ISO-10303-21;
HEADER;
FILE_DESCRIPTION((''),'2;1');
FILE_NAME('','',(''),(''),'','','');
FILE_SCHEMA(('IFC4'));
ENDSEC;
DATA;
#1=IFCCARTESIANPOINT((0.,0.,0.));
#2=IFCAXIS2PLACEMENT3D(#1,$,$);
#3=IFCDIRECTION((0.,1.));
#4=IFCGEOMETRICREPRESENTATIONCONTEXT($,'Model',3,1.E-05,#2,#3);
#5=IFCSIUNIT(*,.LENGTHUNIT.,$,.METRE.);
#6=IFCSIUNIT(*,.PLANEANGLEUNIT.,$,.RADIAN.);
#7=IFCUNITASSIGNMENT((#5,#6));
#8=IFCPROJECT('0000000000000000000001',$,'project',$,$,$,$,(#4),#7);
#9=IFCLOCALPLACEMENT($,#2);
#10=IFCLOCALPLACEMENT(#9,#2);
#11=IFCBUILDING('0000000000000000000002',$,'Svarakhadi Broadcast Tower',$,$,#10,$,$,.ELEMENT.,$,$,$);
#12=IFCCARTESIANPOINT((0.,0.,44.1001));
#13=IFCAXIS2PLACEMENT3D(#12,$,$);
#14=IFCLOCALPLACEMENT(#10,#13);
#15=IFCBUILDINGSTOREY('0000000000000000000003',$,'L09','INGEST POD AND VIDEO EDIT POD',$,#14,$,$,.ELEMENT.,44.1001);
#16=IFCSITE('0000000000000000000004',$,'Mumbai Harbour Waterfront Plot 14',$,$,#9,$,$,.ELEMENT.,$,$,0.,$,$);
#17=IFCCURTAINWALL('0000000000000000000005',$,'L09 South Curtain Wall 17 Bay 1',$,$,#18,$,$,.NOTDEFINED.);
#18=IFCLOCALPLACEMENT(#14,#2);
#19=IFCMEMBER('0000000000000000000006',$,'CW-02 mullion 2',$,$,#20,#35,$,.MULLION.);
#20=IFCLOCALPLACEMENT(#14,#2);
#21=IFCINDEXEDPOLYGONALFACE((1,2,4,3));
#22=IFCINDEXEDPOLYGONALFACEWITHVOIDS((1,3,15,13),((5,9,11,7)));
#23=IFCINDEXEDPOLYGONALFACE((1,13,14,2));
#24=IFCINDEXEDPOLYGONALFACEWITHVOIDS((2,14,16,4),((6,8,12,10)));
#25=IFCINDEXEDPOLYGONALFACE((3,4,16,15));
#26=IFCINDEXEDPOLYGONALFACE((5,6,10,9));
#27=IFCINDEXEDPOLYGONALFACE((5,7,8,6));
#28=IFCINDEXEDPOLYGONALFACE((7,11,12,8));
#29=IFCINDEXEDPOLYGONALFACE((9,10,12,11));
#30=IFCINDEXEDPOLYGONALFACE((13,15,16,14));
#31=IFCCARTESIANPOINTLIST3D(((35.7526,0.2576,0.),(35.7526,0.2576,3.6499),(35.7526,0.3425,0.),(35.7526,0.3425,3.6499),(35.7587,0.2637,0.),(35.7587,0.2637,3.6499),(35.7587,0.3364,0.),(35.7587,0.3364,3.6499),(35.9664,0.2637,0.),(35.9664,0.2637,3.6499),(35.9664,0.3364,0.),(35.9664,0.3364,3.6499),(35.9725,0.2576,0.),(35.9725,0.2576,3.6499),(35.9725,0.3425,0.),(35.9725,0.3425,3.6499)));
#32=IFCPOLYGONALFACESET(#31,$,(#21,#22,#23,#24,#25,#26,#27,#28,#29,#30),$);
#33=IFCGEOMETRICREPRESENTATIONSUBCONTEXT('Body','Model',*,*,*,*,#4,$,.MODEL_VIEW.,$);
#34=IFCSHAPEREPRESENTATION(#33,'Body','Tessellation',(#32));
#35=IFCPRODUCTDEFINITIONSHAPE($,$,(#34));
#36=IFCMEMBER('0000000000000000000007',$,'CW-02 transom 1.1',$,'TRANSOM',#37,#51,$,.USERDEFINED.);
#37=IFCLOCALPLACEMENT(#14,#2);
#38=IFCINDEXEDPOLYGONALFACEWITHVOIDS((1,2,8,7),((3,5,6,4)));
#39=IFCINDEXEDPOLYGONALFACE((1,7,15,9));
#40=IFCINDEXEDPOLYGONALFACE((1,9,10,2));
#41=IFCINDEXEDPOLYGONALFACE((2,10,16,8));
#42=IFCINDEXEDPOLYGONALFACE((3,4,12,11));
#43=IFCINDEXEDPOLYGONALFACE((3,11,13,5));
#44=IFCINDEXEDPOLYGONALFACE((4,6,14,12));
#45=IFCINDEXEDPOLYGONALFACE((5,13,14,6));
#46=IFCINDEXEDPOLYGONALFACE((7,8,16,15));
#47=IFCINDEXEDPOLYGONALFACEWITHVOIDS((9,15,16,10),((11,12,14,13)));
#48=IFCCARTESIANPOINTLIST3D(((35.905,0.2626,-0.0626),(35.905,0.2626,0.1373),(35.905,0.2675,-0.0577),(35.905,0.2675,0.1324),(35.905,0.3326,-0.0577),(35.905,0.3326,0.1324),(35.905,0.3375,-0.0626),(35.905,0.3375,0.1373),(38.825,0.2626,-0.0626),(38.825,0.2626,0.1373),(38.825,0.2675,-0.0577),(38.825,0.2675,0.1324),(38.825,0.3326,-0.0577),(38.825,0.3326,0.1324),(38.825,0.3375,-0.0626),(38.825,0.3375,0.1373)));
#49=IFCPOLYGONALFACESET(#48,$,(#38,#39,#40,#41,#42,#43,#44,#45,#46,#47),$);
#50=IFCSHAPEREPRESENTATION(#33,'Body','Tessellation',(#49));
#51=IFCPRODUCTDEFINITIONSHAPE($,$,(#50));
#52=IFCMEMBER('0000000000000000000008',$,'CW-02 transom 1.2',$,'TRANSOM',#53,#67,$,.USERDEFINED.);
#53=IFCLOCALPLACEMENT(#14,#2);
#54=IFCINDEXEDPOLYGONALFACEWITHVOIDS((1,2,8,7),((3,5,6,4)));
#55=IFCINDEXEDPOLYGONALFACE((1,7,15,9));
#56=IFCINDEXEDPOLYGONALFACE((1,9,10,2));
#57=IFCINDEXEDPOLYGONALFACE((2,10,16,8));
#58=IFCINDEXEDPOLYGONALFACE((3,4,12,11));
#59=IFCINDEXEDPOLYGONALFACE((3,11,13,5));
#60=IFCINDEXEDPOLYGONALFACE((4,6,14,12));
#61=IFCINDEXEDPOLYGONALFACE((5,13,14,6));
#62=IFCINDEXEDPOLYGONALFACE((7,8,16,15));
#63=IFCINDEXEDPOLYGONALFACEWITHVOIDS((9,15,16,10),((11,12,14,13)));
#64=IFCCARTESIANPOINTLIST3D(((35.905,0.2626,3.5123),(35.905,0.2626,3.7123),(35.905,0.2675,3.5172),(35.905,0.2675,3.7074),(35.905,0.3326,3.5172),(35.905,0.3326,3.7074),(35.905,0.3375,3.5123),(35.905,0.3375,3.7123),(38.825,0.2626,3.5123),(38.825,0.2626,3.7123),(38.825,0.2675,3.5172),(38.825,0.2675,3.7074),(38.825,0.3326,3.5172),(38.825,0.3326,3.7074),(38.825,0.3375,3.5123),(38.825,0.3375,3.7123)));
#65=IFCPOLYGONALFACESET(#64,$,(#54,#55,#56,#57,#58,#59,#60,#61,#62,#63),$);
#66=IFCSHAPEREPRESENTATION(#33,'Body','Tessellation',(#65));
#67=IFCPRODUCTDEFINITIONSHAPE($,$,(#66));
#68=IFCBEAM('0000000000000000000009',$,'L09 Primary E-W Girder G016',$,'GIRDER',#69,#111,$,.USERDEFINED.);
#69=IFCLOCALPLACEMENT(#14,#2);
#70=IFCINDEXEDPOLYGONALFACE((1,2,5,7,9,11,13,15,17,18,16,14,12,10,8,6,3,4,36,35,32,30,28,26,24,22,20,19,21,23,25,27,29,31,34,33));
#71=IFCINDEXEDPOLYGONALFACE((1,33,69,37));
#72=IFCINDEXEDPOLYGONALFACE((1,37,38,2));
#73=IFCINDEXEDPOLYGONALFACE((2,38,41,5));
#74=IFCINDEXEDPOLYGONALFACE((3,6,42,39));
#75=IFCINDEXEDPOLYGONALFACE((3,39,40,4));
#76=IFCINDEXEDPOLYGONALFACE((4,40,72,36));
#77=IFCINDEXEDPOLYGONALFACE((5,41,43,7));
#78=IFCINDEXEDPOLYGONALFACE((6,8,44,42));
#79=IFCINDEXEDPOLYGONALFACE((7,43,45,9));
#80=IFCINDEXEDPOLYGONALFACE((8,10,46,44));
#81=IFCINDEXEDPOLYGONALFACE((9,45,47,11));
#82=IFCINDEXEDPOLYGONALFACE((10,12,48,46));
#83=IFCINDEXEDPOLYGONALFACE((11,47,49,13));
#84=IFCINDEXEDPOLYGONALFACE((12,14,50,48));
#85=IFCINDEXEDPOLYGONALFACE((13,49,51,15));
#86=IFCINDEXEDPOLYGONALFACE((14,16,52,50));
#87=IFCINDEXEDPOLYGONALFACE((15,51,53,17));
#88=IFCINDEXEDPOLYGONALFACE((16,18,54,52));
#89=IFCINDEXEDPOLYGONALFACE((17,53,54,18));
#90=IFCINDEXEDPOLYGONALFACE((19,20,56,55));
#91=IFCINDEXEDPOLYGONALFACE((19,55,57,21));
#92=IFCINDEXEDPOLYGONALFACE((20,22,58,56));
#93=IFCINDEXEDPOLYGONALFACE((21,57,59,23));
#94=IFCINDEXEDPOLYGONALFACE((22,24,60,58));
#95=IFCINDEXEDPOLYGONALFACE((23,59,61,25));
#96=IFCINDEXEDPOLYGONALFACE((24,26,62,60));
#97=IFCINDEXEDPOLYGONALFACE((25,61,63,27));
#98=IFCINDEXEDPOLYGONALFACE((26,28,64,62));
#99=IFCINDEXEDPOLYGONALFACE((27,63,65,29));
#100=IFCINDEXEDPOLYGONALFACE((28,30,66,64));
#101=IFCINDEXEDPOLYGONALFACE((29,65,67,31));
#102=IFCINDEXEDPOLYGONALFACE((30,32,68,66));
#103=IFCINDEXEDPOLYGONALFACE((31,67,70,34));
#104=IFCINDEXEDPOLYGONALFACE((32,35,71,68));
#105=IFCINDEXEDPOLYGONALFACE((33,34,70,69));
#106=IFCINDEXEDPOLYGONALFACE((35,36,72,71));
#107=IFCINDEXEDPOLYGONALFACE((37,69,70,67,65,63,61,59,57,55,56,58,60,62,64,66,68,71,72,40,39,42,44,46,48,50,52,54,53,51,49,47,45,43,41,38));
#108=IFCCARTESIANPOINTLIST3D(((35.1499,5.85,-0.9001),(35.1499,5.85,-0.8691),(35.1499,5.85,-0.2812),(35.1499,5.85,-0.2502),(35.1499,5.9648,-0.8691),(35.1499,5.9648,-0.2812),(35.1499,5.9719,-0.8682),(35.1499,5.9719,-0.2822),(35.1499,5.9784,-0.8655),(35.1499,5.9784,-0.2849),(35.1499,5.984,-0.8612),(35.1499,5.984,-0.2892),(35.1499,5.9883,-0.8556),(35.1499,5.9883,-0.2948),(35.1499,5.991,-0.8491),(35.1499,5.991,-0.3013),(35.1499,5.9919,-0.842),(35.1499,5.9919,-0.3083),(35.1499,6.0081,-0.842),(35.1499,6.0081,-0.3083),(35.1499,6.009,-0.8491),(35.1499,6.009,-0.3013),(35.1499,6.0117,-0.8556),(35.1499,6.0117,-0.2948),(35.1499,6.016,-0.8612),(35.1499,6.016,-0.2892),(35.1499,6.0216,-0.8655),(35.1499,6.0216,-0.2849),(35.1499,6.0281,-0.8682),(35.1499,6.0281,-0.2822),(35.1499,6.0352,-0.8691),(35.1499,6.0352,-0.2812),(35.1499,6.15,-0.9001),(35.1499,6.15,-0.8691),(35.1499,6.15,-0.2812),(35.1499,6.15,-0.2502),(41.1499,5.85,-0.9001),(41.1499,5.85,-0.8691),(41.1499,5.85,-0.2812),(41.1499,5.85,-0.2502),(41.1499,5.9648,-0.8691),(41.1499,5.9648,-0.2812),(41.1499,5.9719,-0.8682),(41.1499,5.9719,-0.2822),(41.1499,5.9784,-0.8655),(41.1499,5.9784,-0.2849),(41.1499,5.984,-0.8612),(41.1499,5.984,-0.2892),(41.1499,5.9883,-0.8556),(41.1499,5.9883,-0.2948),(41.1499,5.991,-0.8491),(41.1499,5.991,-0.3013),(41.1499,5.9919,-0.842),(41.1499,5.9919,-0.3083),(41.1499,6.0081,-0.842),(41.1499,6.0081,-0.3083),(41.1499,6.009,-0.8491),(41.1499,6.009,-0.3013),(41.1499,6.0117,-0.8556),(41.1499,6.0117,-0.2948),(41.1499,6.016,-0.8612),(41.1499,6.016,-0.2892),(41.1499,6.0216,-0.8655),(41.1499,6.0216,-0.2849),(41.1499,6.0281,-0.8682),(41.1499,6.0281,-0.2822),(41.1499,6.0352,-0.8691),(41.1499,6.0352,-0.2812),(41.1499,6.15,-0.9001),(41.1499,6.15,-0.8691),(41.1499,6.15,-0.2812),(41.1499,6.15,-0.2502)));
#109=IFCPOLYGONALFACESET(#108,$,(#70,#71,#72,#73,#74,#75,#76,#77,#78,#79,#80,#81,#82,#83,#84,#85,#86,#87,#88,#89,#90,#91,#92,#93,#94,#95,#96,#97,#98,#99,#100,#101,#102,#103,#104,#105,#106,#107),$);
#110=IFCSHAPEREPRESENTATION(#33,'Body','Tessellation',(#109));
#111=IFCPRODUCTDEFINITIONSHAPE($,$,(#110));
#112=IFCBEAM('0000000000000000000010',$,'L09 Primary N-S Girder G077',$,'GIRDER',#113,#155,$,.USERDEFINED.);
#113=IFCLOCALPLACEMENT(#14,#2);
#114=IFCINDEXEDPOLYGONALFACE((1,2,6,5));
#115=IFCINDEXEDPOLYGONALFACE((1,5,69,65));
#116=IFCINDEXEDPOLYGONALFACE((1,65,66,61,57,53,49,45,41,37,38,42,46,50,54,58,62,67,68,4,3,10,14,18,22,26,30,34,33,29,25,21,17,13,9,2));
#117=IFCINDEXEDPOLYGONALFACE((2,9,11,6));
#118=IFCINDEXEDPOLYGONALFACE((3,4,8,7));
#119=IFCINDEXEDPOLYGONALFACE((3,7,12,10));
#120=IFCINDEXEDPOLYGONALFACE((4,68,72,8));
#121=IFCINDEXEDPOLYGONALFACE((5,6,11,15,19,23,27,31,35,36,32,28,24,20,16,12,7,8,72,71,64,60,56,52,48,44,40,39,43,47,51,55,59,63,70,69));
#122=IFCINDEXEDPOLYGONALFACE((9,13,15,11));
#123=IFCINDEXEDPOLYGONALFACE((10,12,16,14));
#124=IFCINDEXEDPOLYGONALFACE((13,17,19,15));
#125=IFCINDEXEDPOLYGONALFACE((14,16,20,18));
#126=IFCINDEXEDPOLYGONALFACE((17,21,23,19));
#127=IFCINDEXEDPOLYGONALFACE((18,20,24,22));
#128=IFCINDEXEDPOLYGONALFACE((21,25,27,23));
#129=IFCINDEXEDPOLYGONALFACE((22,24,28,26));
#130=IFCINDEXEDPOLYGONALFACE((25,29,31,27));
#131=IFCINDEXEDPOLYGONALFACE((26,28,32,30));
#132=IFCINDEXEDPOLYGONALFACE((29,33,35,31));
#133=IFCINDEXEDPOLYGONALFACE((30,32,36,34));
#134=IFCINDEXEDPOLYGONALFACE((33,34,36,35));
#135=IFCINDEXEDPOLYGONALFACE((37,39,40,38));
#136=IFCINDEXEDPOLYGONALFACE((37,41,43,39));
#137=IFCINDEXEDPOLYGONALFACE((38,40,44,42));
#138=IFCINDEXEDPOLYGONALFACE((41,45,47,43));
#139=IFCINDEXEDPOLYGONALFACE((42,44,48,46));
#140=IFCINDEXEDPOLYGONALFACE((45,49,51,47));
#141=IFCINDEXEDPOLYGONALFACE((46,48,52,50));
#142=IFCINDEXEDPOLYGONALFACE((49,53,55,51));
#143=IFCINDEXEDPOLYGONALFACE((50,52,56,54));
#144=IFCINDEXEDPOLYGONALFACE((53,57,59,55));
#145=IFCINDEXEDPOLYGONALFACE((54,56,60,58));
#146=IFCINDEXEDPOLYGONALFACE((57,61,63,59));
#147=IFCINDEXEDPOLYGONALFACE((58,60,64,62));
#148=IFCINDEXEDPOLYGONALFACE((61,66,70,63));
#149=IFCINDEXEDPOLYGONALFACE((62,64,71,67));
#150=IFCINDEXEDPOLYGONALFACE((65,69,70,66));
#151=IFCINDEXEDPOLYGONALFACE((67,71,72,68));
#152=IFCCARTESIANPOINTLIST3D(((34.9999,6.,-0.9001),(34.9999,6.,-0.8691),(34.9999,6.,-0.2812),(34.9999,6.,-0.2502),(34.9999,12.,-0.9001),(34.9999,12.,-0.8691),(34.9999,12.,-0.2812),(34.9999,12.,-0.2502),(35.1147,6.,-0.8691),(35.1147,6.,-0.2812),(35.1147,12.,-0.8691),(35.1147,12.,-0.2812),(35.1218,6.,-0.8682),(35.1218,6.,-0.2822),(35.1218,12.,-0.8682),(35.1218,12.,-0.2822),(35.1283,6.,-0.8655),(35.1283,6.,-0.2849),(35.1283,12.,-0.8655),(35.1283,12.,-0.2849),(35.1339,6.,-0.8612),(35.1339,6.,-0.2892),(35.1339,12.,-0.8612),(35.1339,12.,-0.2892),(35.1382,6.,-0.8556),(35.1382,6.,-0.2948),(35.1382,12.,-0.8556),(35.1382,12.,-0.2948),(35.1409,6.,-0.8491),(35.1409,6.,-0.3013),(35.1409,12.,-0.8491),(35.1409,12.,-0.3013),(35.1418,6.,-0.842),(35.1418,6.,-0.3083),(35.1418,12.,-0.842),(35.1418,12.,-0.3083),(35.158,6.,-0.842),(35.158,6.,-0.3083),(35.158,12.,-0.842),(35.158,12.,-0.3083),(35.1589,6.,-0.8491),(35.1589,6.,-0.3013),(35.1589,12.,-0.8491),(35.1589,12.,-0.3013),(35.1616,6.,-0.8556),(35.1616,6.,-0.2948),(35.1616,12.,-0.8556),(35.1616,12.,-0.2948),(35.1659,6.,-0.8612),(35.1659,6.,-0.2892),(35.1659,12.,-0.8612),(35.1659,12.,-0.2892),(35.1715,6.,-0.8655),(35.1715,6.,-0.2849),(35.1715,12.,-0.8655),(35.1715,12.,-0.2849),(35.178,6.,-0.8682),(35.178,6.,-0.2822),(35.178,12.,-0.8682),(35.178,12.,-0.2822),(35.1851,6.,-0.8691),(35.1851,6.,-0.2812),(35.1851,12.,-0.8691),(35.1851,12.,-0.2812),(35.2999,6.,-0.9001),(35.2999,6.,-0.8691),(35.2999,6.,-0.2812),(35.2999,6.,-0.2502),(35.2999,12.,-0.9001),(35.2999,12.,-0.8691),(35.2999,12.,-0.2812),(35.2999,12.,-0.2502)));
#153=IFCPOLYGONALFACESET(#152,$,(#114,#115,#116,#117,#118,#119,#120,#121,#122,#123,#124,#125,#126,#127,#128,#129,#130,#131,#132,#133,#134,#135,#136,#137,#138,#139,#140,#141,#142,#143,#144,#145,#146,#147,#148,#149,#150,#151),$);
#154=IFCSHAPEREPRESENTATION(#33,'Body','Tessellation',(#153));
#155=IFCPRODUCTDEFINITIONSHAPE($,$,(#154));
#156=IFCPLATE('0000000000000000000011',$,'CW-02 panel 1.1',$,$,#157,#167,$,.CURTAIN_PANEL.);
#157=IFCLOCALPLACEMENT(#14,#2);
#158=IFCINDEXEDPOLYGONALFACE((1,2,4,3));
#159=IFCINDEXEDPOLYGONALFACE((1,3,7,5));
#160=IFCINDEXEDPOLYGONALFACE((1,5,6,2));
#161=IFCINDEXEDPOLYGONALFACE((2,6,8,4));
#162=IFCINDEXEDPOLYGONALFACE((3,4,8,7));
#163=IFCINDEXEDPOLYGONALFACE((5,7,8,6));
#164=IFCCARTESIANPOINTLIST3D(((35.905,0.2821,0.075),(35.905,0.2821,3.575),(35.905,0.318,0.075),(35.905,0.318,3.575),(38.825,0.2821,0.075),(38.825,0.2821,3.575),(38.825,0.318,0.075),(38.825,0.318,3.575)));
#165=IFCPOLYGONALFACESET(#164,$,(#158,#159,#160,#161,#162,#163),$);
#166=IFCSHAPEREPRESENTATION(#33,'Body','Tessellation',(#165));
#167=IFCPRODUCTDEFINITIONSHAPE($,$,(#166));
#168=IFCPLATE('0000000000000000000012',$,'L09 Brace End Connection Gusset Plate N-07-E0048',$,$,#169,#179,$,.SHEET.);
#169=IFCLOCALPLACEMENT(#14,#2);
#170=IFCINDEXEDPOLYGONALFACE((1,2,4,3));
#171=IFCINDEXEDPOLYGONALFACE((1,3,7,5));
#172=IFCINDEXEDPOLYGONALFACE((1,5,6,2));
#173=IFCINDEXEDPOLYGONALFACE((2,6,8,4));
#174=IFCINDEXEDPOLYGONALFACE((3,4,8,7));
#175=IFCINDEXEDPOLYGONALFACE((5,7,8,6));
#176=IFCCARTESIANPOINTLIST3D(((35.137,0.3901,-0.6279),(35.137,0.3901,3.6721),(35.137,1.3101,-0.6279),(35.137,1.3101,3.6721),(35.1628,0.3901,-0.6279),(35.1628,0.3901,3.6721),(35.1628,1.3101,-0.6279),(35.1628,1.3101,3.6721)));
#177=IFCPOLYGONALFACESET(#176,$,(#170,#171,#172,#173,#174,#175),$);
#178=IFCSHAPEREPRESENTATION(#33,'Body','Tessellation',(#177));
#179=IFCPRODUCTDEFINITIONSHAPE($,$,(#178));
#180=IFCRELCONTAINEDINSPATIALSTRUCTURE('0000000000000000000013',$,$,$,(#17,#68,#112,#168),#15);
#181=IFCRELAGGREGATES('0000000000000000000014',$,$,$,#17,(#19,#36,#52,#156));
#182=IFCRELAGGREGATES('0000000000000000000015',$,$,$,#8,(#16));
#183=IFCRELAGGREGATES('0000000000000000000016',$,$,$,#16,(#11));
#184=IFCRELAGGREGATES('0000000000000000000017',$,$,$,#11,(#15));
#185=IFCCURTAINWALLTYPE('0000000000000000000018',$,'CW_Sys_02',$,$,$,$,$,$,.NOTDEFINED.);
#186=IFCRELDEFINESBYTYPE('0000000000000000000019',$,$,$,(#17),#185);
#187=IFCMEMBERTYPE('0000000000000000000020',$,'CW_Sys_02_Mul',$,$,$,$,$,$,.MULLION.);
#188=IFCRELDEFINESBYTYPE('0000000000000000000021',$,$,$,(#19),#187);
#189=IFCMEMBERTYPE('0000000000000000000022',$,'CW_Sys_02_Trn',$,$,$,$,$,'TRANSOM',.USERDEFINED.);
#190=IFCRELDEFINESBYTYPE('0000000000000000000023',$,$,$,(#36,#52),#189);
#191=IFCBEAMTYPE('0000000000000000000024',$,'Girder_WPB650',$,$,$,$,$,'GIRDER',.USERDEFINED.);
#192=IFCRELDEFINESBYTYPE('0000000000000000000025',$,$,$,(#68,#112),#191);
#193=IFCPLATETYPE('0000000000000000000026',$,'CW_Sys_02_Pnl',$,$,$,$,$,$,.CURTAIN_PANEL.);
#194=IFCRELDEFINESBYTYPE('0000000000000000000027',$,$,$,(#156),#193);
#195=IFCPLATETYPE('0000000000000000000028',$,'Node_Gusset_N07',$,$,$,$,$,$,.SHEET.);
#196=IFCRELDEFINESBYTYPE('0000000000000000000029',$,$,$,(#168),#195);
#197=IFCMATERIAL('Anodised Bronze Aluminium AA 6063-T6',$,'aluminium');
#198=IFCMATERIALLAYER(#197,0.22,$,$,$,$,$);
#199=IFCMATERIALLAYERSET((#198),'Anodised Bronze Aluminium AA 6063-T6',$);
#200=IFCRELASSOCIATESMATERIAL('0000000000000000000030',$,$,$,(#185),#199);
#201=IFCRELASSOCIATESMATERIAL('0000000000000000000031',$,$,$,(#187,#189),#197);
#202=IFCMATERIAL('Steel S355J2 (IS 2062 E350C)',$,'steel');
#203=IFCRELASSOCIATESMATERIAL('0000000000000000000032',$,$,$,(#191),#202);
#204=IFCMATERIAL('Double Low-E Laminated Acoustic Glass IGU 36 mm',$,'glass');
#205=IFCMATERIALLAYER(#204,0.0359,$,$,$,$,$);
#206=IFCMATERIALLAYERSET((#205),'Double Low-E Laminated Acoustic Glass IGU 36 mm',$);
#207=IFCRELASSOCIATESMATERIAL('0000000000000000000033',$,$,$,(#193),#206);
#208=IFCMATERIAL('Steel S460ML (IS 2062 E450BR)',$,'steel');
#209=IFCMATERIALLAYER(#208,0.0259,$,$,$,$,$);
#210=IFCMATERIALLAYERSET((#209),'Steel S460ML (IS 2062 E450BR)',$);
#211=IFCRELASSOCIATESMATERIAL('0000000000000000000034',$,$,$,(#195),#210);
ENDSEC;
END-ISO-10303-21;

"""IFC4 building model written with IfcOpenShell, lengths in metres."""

from ifc_helpers import new_model, si_unit, direction, frame, origin, origin_2d, place, context, subcontext, project, spatial, rectangle, hollow_rectangle, i_section, extrude, material, layer, layer_set, material_profile, profile_set, type_object, element, aggregate, save


model = new_model("IFC4")

# Units and contexts
model_context = context("Model", 3, precision=1e-05, world=origin(), true_north=direction((0.0, 1.0)))
body_context = subcontext(model_context, "Body", "Model", "MODEL_VIEW")
ifc_project = project(units=[si_unit("LENGTHUNIT", "METRE"), si_unit("PLANEANGLEUNIT", "RADIAN")], contexts=[model_context])

# Site, building, storey
site_placement = place(None, origin())
site = spatial("IfcSite", under=ifc_project, at=site_placement, Name="Mumbai Harbour Waterfront Plot 14", CompositionType="ELEMENT", RefElevation=0.0)
building_placement = place(site_placement, origin())
building = spatial("IfcBuilding", under=site, at=building_placement, Name="Svarakhadi Broadcast Tower", CompositionType="ELEMENT")
storey_placement = place(building_placement, frame((0.0, 0.0, 44.1001)))
storey = spatial("IfcBuildingStorey", under=building, at=storey_placement, Name="L09", Description="INGEST POD AND VIDEO EDIT POD", CompositionType="ELEMENT", Elevation=44.1001)

# Shared definitions
ifc_material_1 = material(Name="Steel S460ML (IS 2062 E450BR)", Category="steel")

# Shared definitions
ifc_material_2 = material(Name="Steel S355J2 (IS 2062 E350C)", Category="steel")

# Curtain wall, members
ifc_material_3 = material(Name="Anodised Bronze Aluminium AA 6063-T6", Category="aluminium")
ifc_layer_1 = layer(ifc_material_3, 0.22)
ifc_layer_set_1 = layer_set([ifc_layer_1], Name="Anodised Bronze Aluminium AA 6063-T6")
curtain_wall_type = type_object("IfcCurtainWallType", Name="CW_Sys_02", PredefinedType="NOTDEFINED", material=ifc_layer_set_1)
curtain_wall_placement = place(storey_placement, origin())
curtain_wall = element("IfcCurtainWall", 1, at=curtain_wall_placement, inside=storey, type_object=curtain_wall_type, Name="L09 South Curtain Wall 17 Bay 1", PredefinedType="NOTDEFINED")
ifc_material_profile_1 = material_profile(ifc_material_3, hollow_rectangle(XDim=0.085, YDim=0.22, WallThickness=0.0061, at=origin_2d()), Name="ALU MULLION 220x85x6")
ifc_profile_set_1 = profile_set([ifc_material_profile_1], Name="Anodised Bronze Aluminium AA 6063-T6")
member_type_1 = type_object("IfcMemberType", Name="CW_Sys_02_Mul", PredefinedType="MULLION", material=ifc_profile_set_1)
member_1_placement = place(storey_placement, frame((35.8625, 0.3, 0.0), z_axis=(0.0, 0.0, 1.0), x_axis=(0.0, -1.0, 0.0)))
member_1 = element("IfcMember", 2, at=member_1_placement, type_object=member_type_1, Name="CW-02 mullion 2", PredefinedType="MULLION", context=body_context, shape_type="SweptSolid", body=[
    extrude(hollow_rectangle(XDim=0.085, YDim=0.22, WallThickness=0.0061, at=origin_2d()), origin(), (0.0, 0.0, 1.0), 3.6499),
])
ifc_material_profile_2 = material_profile(ifc_material_3, hollow_rectangle(XDim=0.075, YDim=0.2, WallThickness=0.0049, at=origin_2d()), Name="ALU TRANSOM 200x75x5")
ifc_profile_set_2 = profile_set([ifc_material_profile_2], Name="Anodised Bronze Aluminium AA 6063-T6")
member_type_2 = type_object("IfcMemberType", Name="CW_Sys_02_Trn", ElementType="TRANSOM", PredefinedType="USERDEFINED", material=ifc_profile_set_2)
member_2_placement = place(storey_placement, frame((38.825, 0.3, 0.0374), z_axis=(-1.0, 0.0, 0.0), x_axis=(0.0, -1.0, 0.0)))
member_2 = element("IfcMember", 3, at=member_2_placement, type_object=member_type_2, Name="CW-02 transom 1.1", ObjectType="TRANSOM", PredefinedType="USERDEFINED", context=body_context, shape_type="SweptSolid", body=[
    extrude(hollow_rectangle(XDim=0.075, YDim=0.2, WallThickness=0.0049, at=origin_2d()), origin(), (0.0, 0.0, 1.0), 2.9199),
])
member_3_placement = place(storey_placement, frame((38.825, 0.3, 3.6123), z_axis=(-1.0, 0.0, 0.0), x_axis=(0.0, -1.0, 0.0)))
member_3 = element("IfcMember", 4, at=member_3_placement, type_object=member_type_2, Name="CW-02 transom 1.2", ObjectType="TRANSOM", PredefinedType="USERDEFINED", context=body_context, shape_type="SweptSolid", body=[
    extrude(hollow_rectangle(XDim=0.075, YDim=0.2, WallThickness=0.0049, at=origin_2d()), origin(), (0.0, 0.0, 1.0), 2.9199),
])

# Beams
ifc_material_profile_3 = material_profile(ifc_material_2, i_section(OverallWidth=0.3, OverallDepth=0.6499, WebThickness=0.0161, FlangeThickness=0.031, FilletRadius=0.0271, at=origin_2d()), Name="WPB 650x300x225")
ifc_profile_set_3 = profile_set([ifc_material_profile_3], Name="Steel S355J2 (IS 2062 E350C)")
beam_type_1 = type_object("IfcBeamType", Name="Girder_WPB650", ElementType="GIRDER", PredefinedType="USERDEFINED", material=ifc_profile_set_3)
for number, where, z_axis, x_axis, name in (
    (5, (35.1499, 6.0, -0.5752), (1.0, 0.0, 0.0), (0.0, 1.0, 0.0), "L09 Primary E-W Girder G016"),
    (6, (35.1499, 6.0, -0.5752), (0.0, 1.0, 0.0), (-1.0, 0.0, 0.0), "L09 Primary N-S Girder G077"),
):
    element("IfcBeam", number, at=place(storey_placement, frame(where, z_axis=z_axis, x_axis=x_axis)), inside=storey, type_object=beam_type_1, Name=name, ObjectType="GIRDER", PredefinedType="USERDEFINED", context=body_context, shape_type="SweptSolid", body=[
        extrude(i_section(OverallWidth=0.3, OverallDepth=0.6499, WebThickness=0.0161, FlangeThickness=0.031, FilletRadius=0.0271, at=origin_2d()), origin(), (0.0, 0.0, 1.0), 6.0),
    ])

# Plates
ifc_material_4 = material(Name="Double Low-E Laminated Acoustic Glass IGU 36 mm", Category="glass")
ifc_layer_2 = layer(ifc_material_4, 0.0359)
ifc_layer_set_2 = layer_set([ifc_layer_2], Name="Double Low-E Laminated Acoustic Glass IGU 36 mm")
plate_type_1 = type_object("IfcPlateType", Name="CW_Sys_02_Pnl", PredefinedType="CURTAIN_PANEL", material=ifc_layer_set_2)
plate_1_placement = place(storey_placement, frame((37.365, 0.3, 0.075), z_axis=(0.0, 0.0, 1.0), x_axis=(-1.0, 0.0, 0.0)))
plate_1 = element("IfcPlate", 7, at=plate_1_placement, type_object=plate_type_1, Name="CW-02 panel 1.1", PredefinedType="CURTAIN_PANEL", context=body_context, shape_type="SweptSolid", body=[
    extrude(rectangle(XDim=2.9199, YDim=0.0359, at=origin_2d()), origin(), (0.0, 0.0, 1.0), 3.5),
])
aggregate(curtain_wall, [member_1, member_2, member_3, plate_1])
ifc_layer_3 = layer(ifc_material_1, 0.0259)
ifc_layer_set_3 = layer_set([ifc_layer_3], Name="Steel S460ML (IS 2062 E450BR)")
plate_type_2 = type_object("IfcPlateType", Name="Node_Gusset_N07", PredefinedType="SHEET", material=ifc_layer_set_3)
plate_2_placement = place(storey_placement, frame((35.1499, 0.8501, -0.6279), z_axis=(0.0, 0.0, 1.0), x_axis=(0.0, 1.0, 0.0)))
element("IfcPlate", 8, at=plate_2_placement, inside=storey, type_object=plate_type_2, Name="L09 Brace End Connection Gusset Plate N-07-E0048", PredefinedType="SHEET", context=body_context, shape_type="SweptSolid", body=[
    extrude(rectangle(XDim=0.9199, YDim=0.0259, at=origin_2d()), origin(), (0.0, 0.0, 1.0), 4.3),
])

save(model, "model.ifc")
